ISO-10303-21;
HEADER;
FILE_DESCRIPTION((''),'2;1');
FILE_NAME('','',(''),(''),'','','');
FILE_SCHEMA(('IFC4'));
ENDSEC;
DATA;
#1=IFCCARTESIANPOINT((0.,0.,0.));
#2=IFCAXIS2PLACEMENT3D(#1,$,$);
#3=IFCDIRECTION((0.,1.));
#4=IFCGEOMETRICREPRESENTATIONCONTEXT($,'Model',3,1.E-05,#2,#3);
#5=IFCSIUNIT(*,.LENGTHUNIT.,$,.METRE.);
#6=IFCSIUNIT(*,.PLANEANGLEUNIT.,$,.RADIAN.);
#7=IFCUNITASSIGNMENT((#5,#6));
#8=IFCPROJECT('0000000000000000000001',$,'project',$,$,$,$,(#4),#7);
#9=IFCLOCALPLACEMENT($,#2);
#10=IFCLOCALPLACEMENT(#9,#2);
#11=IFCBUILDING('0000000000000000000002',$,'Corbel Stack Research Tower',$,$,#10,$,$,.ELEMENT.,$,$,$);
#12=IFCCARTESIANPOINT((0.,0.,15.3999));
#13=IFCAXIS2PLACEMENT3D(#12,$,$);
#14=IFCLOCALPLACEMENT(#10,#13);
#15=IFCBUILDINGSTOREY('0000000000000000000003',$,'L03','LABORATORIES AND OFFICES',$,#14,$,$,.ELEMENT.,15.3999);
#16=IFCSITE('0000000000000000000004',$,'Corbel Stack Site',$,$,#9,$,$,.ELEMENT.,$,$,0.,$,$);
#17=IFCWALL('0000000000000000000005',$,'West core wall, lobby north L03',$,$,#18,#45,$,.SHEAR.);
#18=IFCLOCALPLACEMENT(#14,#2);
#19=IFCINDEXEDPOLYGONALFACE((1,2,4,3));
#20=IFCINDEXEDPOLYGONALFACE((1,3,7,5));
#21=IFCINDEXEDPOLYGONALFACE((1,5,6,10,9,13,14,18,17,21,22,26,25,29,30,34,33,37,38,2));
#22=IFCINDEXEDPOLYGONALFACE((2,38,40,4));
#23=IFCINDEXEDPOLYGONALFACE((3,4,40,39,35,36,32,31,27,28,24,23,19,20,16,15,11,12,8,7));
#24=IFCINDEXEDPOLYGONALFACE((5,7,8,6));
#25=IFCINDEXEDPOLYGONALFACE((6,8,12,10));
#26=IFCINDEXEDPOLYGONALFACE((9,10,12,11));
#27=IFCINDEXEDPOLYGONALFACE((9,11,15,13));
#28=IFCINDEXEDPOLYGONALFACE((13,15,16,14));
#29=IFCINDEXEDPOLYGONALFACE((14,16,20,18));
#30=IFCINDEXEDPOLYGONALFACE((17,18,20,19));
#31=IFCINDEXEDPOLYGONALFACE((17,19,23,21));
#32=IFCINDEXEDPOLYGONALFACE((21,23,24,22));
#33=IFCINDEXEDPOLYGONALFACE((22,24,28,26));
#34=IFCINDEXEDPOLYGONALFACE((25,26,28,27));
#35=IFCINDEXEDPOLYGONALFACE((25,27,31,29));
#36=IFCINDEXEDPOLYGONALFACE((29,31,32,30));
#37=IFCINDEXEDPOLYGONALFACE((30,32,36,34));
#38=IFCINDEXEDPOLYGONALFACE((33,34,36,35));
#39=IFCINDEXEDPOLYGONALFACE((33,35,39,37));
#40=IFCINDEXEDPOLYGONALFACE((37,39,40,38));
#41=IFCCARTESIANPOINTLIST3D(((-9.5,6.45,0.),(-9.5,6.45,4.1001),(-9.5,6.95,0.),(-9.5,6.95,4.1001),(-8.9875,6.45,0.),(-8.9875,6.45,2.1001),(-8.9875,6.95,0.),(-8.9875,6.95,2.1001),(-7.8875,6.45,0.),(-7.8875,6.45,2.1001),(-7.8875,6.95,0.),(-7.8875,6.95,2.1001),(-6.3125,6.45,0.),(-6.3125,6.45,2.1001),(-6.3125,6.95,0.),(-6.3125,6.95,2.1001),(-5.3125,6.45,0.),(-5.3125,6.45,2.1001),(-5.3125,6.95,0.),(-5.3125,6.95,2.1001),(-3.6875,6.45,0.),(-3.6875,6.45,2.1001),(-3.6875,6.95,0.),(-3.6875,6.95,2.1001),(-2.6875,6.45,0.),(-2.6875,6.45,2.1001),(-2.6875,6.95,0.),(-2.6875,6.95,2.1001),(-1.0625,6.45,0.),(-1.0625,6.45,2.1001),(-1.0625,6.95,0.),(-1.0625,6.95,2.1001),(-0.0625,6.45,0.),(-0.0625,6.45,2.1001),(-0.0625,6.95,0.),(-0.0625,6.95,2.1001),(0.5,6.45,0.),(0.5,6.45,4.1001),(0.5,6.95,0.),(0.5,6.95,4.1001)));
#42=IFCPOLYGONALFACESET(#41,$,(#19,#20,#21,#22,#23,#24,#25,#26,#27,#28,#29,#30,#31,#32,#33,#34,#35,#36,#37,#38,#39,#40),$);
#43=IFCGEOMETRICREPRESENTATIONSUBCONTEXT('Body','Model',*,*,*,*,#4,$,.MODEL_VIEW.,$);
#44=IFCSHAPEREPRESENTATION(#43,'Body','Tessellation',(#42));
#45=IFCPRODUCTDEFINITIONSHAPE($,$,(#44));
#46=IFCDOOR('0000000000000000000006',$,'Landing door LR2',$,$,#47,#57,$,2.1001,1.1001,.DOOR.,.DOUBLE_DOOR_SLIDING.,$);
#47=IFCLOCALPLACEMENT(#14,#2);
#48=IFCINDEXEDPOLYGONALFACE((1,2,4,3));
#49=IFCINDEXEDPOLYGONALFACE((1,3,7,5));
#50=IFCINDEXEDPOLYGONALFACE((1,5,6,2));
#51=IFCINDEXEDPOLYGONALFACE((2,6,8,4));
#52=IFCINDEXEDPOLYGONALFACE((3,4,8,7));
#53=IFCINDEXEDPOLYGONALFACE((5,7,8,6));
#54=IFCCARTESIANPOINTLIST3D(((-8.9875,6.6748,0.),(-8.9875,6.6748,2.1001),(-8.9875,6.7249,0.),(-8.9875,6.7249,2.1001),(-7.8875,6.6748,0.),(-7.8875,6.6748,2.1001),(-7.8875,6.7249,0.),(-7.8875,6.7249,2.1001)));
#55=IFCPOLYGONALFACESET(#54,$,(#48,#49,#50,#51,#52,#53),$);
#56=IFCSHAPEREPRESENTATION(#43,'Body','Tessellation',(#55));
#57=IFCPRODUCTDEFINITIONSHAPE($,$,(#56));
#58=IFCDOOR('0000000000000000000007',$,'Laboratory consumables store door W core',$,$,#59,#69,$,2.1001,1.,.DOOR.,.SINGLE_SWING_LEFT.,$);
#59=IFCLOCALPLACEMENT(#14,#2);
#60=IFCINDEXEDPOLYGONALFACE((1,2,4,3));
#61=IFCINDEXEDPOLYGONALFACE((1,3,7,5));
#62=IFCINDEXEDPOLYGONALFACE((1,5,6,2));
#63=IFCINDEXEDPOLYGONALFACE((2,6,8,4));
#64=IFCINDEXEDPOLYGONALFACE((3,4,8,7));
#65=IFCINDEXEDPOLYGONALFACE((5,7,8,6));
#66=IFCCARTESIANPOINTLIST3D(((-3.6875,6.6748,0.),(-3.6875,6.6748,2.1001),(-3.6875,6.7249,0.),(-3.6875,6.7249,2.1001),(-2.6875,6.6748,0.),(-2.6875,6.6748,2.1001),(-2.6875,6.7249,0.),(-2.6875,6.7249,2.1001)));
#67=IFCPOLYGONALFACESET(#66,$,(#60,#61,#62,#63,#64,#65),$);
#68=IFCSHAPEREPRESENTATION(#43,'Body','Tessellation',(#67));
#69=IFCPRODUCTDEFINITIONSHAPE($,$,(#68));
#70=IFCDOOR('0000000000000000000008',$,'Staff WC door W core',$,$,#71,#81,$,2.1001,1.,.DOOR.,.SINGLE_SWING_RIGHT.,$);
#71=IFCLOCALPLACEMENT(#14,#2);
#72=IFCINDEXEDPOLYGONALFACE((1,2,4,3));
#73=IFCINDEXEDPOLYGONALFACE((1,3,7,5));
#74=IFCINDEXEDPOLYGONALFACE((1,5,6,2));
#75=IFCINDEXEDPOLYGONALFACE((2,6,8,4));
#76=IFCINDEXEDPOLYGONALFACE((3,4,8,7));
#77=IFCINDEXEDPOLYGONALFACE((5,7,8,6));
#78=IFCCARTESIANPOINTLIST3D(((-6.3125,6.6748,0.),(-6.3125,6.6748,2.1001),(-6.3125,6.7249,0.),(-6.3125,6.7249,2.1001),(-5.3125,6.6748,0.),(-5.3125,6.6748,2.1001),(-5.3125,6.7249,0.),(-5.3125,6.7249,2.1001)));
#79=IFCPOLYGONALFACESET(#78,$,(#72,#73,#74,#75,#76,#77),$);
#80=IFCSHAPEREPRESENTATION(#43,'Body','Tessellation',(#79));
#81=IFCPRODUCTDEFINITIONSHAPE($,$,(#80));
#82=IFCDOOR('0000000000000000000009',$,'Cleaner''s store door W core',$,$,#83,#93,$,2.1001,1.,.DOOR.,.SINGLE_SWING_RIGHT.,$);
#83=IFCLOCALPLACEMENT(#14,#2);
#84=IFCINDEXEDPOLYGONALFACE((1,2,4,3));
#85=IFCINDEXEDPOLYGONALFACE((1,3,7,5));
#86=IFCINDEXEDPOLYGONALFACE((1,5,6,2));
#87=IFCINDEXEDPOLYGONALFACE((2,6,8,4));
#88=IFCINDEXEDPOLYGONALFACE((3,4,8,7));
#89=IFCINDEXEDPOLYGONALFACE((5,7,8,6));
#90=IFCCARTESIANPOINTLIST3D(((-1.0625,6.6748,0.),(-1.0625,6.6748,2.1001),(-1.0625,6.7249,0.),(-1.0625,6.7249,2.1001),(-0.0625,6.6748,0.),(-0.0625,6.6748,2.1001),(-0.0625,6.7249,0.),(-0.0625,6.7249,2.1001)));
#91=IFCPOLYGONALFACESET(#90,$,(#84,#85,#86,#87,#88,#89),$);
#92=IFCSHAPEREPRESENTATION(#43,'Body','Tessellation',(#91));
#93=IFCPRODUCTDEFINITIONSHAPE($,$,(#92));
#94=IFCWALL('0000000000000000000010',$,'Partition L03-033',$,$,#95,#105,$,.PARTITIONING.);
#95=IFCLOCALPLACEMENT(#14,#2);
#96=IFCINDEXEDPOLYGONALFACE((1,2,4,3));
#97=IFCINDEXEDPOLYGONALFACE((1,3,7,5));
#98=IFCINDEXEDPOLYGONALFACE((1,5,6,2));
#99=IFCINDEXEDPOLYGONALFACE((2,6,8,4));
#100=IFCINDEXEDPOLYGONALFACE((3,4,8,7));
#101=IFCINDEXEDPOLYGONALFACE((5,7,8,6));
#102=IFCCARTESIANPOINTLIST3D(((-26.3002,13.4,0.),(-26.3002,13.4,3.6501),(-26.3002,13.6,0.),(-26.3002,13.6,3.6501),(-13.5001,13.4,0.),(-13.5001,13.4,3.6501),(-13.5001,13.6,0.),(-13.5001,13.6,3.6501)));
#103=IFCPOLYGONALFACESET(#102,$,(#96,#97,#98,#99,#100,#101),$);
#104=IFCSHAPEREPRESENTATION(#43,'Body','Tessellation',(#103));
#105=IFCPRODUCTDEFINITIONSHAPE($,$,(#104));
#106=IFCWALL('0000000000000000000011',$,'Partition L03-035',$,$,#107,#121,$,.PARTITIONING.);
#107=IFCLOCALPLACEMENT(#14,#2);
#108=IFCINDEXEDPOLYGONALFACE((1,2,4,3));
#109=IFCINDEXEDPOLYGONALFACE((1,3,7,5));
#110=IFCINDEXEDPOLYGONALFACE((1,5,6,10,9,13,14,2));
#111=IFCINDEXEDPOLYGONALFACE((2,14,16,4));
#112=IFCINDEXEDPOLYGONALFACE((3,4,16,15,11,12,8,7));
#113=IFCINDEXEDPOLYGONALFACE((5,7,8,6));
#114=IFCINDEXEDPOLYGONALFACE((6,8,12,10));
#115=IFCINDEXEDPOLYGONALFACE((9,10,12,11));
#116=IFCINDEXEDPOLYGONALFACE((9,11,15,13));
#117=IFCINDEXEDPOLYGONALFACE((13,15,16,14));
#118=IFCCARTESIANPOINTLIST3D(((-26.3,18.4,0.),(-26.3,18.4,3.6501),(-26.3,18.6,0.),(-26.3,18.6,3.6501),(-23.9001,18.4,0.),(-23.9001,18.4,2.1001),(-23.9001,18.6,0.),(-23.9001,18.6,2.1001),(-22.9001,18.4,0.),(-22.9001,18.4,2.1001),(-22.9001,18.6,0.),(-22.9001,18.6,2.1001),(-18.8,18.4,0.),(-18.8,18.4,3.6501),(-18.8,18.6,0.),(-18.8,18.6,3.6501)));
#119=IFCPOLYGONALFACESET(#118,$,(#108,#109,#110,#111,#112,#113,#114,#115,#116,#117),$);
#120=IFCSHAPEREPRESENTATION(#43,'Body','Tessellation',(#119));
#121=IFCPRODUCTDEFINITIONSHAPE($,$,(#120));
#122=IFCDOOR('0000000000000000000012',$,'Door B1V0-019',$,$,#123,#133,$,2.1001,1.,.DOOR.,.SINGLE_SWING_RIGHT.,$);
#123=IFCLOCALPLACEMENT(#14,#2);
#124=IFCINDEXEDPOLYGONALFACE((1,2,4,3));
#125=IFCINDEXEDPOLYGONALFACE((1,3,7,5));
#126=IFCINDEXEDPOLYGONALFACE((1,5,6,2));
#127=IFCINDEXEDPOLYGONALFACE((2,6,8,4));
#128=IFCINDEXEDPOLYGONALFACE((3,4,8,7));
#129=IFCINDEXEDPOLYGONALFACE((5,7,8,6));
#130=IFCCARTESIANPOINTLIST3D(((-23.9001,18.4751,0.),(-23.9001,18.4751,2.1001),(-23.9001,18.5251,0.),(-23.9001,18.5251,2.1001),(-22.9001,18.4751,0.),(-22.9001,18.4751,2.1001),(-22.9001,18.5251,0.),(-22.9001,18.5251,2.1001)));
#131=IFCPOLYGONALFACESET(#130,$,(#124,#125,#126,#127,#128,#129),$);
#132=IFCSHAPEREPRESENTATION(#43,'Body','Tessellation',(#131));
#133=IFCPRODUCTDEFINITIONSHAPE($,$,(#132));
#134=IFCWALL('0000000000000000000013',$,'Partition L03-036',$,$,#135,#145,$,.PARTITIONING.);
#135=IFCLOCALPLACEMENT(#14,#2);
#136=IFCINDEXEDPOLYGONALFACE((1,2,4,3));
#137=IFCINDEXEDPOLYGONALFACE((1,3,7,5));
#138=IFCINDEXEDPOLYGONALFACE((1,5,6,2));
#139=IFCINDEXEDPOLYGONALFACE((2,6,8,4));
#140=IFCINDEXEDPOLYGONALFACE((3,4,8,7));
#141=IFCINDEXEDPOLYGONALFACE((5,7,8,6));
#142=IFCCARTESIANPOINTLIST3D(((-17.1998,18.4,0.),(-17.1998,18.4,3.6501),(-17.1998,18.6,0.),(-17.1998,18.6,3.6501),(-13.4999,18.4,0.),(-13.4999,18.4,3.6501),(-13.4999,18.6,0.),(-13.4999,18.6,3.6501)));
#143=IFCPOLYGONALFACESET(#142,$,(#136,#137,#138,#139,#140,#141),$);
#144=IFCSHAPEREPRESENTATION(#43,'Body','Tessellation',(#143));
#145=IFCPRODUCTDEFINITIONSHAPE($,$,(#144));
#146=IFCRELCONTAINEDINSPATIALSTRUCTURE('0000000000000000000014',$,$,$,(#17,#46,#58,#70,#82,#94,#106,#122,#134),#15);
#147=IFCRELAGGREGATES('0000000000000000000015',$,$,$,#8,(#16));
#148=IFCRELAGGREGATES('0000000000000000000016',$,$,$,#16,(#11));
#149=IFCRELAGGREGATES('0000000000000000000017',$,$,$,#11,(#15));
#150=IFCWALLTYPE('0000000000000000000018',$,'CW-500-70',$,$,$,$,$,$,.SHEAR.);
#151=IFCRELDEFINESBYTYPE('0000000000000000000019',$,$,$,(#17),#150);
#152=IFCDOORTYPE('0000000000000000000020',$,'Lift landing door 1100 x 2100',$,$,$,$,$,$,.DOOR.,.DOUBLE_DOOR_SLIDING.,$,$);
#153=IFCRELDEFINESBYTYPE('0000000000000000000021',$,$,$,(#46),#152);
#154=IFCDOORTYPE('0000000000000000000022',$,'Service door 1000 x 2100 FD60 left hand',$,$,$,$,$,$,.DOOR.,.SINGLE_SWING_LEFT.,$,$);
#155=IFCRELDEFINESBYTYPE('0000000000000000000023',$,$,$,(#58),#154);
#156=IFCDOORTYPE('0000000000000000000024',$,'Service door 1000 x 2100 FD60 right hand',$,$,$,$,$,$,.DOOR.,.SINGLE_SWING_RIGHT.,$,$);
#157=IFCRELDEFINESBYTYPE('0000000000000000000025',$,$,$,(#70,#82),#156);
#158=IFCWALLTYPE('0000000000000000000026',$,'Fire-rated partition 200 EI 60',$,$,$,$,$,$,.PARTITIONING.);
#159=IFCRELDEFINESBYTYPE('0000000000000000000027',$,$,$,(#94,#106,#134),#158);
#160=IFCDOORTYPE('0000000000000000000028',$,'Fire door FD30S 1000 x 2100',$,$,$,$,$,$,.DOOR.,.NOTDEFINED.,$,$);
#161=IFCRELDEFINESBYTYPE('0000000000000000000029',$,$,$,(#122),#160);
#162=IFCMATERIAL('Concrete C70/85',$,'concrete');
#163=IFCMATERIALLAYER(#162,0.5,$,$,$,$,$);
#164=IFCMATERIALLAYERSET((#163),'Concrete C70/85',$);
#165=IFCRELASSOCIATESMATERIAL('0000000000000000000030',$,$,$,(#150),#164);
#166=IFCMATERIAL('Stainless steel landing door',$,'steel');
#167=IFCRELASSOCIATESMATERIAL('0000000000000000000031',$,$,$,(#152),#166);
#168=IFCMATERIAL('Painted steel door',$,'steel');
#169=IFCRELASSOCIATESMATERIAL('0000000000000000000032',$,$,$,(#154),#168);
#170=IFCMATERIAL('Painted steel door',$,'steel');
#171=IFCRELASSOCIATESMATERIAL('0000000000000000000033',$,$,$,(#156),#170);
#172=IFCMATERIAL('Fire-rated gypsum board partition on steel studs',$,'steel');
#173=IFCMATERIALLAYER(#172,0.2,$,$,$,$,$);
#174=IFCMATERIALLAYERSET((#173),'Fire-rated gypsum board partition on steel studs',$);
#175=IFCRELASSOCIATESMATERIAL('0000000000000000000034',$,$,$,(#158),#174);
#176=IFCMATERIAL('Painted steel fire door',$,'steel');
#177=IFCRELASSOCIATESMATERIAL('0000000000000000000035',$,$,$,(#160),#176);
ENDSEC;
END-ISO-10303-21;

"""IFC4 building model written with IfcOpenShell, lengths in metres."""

from ifc_helpers import new_model, si_unit, direction, frame, frame_2d, origin, place, context, subcontext, project, spatial, rectangle, extrude, material, layer, layer_set, type_object, element, fill, save


model = new_model("IFC4")

# Units and contexts
model_context = context("Model", 3, precision=1e-05, world=origin(), true_north=direction((0.0, 1.0)))
body_context = subcontext(model_context, "Body", "Model", "MODEL_VIEW")
ifc_project = project(units=[si_unit("LENGTHUNIT", "METRE"), si_unit("PLANEANGLEUNIT", "RADIAN")], contexts=[model_context])

# Site, building, storey
site_placement = place(None, origin())
site = spatial("IfcSite", under=ifc_project, at=site_placement, Name="Corbel Stack Site", CompositionType="ELEMENT", RefElevation=0.0)
building_placement = place(site_placement, origin())
building = spatial("IfcBuilding", under=site, at=building_placement, Name="Corbel Stack Research Tower", CompositionType="ELEMENT")
storey_placement = place(building_placement, frame((0.0, 0.0, 15.3999)))
storey = spatial("IfcBuildingStorey", under=building, at=storey_placement, Name="L03", Description="LABORATORIES AND OFFICES", CompositionType="ELEMENT", Elevation=15.3999)

# Wall, openings, doors
ifc_material_1 = material(Name="Concrete C70/85", Category="concrete")
ifc_layer_1 = layer(ifc_material_1, 0.5)
ifc_layer_set_1 = layer_set([ifc_layer_1], Name="Concrete C70/85")
wall_type_1 = type_object("IfcWallType", Name="CW-500-70", PredefinedType="SHEAR", material=ifc_layer_set_1)
ifc_material_2 = material(Name="Stainless steel landing door", Category="steel")
door_type_1 = type_object("IfcDoorType", Name="Lift landing door 1100 x 2100", OperationType="DOUBLE_DOOR_SLIDING", PredefinedType="DOOR", material=ifc_material_2)
wall_1_placement = place(storey_placement, frame((-9.5, 6.7, 0.0), z_axis=(0.0, 0.0, 1.0), x_axis=(1.0, 0.0, 0.0)))
wall_1 = element("IfcWall", 1, at=wall_1_placement, inside=storey, type_object=wall_type_1, Name="West core wall, lobby north L03", PredefinedType="SHEAR", context=body_context, shape_type="SweptSolid", body=[
    extrude(rectangle(XDim=10.0, YDim=0.5, at=frame_2d((5.0, 0.0))), origin(), (0.0, 0.0, 1.0), 4.1001),
])
opening_1_placement = place(wall_1_placement, frame((0.5125, 0.0, 0.0)))
opening_1 = element("IfcOpeningElement", 2, at=opening_1_placement, cuts=wall_1, PredefinedType="OPENING", context=body_context, shape_type="SweptSolid", body=[
    extrude(rectangle(XDim=1.1001, YDim=2.1001, at=frame_2d((0.55, 1.05))), frame((0.0, 0.26, 0.0), z_axis=(0.0, -1.0, 0.0), x_axis=(1.0, 0.0, 0.0)), (0.0, 0.0, 1.0), 0.52),
])
opening_2_placement = place(wall_1_placement, frame((3.1875, 0.0, 0.0)))
opening_2 = element("IfcOpeningElement", 3, at=opening_2_placement, cuts=wall_1, PredefinedType="OPENING", context=body_context, shape_type="SweptSolid", body=[
    extrude(rectangle(XDim=1.0, YDim=2.1001, at=frame_2d((0.5, 1.05))), frame((0.0, 0.26, 0.0), z_axis=(0.0, -1.0, 0.0), x_axis=(1.0, 0.0, 0.0)), (0.0, 0.0, 1.0), 0.52),
])
opening_3_placement = place(wall_1_placement, frame((5.8125, 0.0, 0.0)))
opening_3 = element("IfcOpeningElement", 4, at=opening_3_placement, cuts=wall_1, PredefinedType="OPENING", context=body_context, shape_type="SweptSolid", body=[
    extrude(rectangle(XDim=1.0, YDim=2.1001, at=frame_2d((0.5, 1.05))), frame((0.0, 0.26, 0.0), z_axis=(0.0, -1.0, 0.0), x_axis=(1.0, 0.0, 0.0)), (0.0, 0.0, 1.0), 0.52),
])
opening_4_placement = place(wall_1_placement, frame((8.4375, 0.0, 0.0)))
opening_4 = element("IfcOpeningElement", 5, at=opening_4_placement, cuts=wall_1, PredefinedType="OPENING", context=body_context, shape_type="SweptSolid", body=[
    extrude(rectangle(XDim=1.0, YDim=2.1001, at=frame_2d((0.5, 1.05))), frame((0.0, 0.26, 0.0), z_axis=(0.0, -1.0, 0.0), x_axis=(1.0, 0.0, 0.0)), (0.0, 0.0, 1.0), 0.52),
])
door_1_placement = place(opening_1_placement, origin())
door_1 = element("IfcDoor", 6, at=door_1_placement, inside=storey, type_object=door_type_1, Name="Landing door LR2", OperationType="DOUBLE_DOOR_SLIDING", OverallHeight=2.1001, OverallWidth=1.1001, PredefinedType="DOOR", context=body_context, shape_type="SweptSolid", body=[
    extrude(rectangle(XDim=1.1001, YDim=2.1001, at=frame_2d((0.55, 1.05))), frame((0.0, 0.0249, 0.0), z_axis=(0.0, -1.0, 0.0), x_axis=(1.0, 0.0, 0.0)), (0.0, 0.0, 1.0), 0.05),
])
fill(opening_1, door_1)
ifc_material_3 = material(Name="Painted steel door", Category="steel")
door_type_2 = type_object("IfcDoorType", Name="Service door 1000 x 2100 FD60 left hand", OperationType="SINGLE_SWING_LEFT", PredefinedType="DOOR", material=ifc_material_3)
door_2_placement = place(opening_3_placement, origin())
door_2 = element("IfcDoor", 7, at=door_2_placement, inside=storey, type_object=door_type_2, Name="Laboratory consumables store door W core", OperationType="SINGLE_SWING_LEFT", OverallHeight=2.1001, OverallWidth=1.0, PredefinedType="DOOR", context=body_context, shape_type="SweptSolid", body=[
    extrude(rectangle(XDim=1.0, YDim=2.1001, at=frame_2d((0.5, 1.05))), frame((0.0, 0.0249, 0.0), z_axis=(0.0, -1.0, 0.0), x_axis=(1.0, 0.0, 0.0)), (0.0, 0.0, 1.0), 0.05),
])
fill(opening_3, door_2)
ifc_material_4 = material(Name="Painted steel door", Category="steel")
door_type_3 = type_object("IfcDoorType", Name="Service door 1000 x 2100 FD60 right hand", OperationType="SINGLE_SWING_RIGHT", PredefinedType="DOOR", material=ifc_material_4)
door_3_placement = place(opening_2_placement, origin())
door_3 = element("IfcDoor", 8, at=door_3_placement, inside=storey, type_object=door_type_3, Name="Staff WC door W core", OperationType="SINGLE_SWING_RIGHT", OverallHeight=2.1001, OverallWidth=1.0, PredefinedType="DOOR", context=body_context, shape_type="SweptSolid", body=[
    extrude(rectangle(XDim=1.0, YDim=2.1001, at=frame_2d((0.5, 1.05))), frame((0.0, 0.0249, 0.0), z_axis=(0.0, -1.0, 0.0), x_axis=(1.0, 0.0, 0.0)), (0.0, 0.0, 1.0), 0.05),
])
fill(opening_2, door_3)
door_4_placement = place(opening_4_placement, origin())
door_4 = element("IfcDoor", 9, at=door_4_placement, inside=storey, type_object=door_type_3, Name="Cleaner's store door W core", OperationType="SINGLE_SWING_RIGHT", OverallHeight=2.1001, OverallWidth=1.0, PredefinedType="DOOR", context=body_context, shape_type="SweptSolid", body=[
    extrude(rectangle(XDim=1.0, YDim=2.1001, at=frame_2d((0.5, 1.05))), frame((0.0, 0.0249, 0.0), z_axis=(0.0, -1.0, 0.0), x_axis=(1.0, 0.0, 0.0)), (0.0, 0.0, 1.0), 0.05),
])
fill(opening_4, door_4)

# Wall
ifc_material_5 = material(Name="Fire-rated gypsum board partition on steel studs", Category="steel")
ifc_layer_2 = layer(ifc_material_5, 0.2)
ifc_layer_set_2 = layer_set([ifc_layer_2], Name="Fire-rated gypsum board partition on steel studs")
wall_type_2 = type_object("IfcWallType", Name="Fire-rated partition 200 EI 60", PredefinedType="PARTITIONING", material=ifc_layer_set_2)
wall_2_placement = place(storey_placement, frame((-26.3, 13.5, 0.0), z_axis=(0.0, 0.0, 1.0), x_axis=(1.0, 0.0, 0.0)))
element("IfcWall", 10, at=wall_2_placement, inside=storey, type_object=wall_type_2, Name="Partition L03-033", PredefinedType="PARTITIONING", context=body_context, shape_type="SweptSolid", body=[
    extrude(rectangle(XDim=12.8, YDim=0.2, at=frame_2d((6.3999, 0.0))), origin(), (0.0, 0.0, 1.0), 3.6501),
])

# Wall, opening, door
wall_3_placement = place(storey_placement, frame((-18.8, 18.5, 0.0), z_axis=(0.0, 0.0, 1.0), x_axis=(-1.0, 0.0, 0.0)))
wall_3 = element("IfcWall", 11, at=wall_3_placement, inside=storey, type_object=wall_type_2, Name="Partition L03-035", PredefinedType="PARTITIONING", context=body_context, shape_type="SweptSolid", body=[
    extrude(rectangle(XDim=7.5, YDim=0.2, at=frame_2d((3.75, 0.0))), origin(), (0.0, 0.0, 1.0), 3.6501),
])
opening_5_placement = place(wall_3_placement, frame((4.1001, 0.0, 0.0)))
opening_5 = element("IfcOpeningElement", 12, at=opening_5_placement, cuts=wall_3, PredefinedType="OPENING", context=body_context, shape_type="SweptSolid", body=[
    extrude(rectangle(XDim=1.0, YDim=2.1001, at=frame_2d((0.5, 1.05))), frame((0.0, 0.1099, 0.0), z_axis=(0.0, -1.0, 0.0), x_axis=(1.0, 0.0, 0.0)), (0.0, 0.0, 1.0), 0.22),
])
ifc_material_6 = material(Name="Painted steel fire door", Category="steel")
door_type_4 = type_object("IfcDoorType", Name="Fire door FD30S 1000 x 2100", OperationType="NOTDEFINED", PredefinedType="DOOR", material=ifc_material_6)
door_5_placement = place(opening_5_placement, origin())
door_5 = element("IfcDoor", 13, at=door_5_placement, inside=storey, type_object=door_type_4, Name="Door B1V0-019", OperationType="SINGLE_SWING_RIGHT", OverallHeight=2.1001, OverallWidth=1.0, PredefinedType="DOOR", context=body_context, shape_type="SweptSolid", body=[
    extrude(rectangle(XDim=1.0, YDim=2.1001, at=frame_2d((0.5, 1.05))), frame((0.0, 0.0249, 0.0), z_axis=(0.0, -1.0, 0.0), x_axis=(1.0, 0.0, 0.0)), (0.0, 0.0, 1.0), 0.05),
])
fill(opening_5, door_5)

# Wall
wall_4_placement = place(storey_placement, frame((-17.2, 18.5, 0.0), z_axis=(0.0, 0.0, 1.0), x_axis=(1.0, 0.0, 0.0)))
element("IfcWall", 14, at=wall_4_placement, inside=storey, type_object=wall_type_2, Name="Partition L03-036", PredefinedType="PARTITIONING", context=body_context, shape_type="SweptSolid", body=[
    extrude(rectangle(XDim=3.7, YDim=0.2, at=frame_2d((1.8501, 0.0))), origin(), (0.0, 0.0, 1.0), 3.6501),
])

save(model, "model.ifc")
